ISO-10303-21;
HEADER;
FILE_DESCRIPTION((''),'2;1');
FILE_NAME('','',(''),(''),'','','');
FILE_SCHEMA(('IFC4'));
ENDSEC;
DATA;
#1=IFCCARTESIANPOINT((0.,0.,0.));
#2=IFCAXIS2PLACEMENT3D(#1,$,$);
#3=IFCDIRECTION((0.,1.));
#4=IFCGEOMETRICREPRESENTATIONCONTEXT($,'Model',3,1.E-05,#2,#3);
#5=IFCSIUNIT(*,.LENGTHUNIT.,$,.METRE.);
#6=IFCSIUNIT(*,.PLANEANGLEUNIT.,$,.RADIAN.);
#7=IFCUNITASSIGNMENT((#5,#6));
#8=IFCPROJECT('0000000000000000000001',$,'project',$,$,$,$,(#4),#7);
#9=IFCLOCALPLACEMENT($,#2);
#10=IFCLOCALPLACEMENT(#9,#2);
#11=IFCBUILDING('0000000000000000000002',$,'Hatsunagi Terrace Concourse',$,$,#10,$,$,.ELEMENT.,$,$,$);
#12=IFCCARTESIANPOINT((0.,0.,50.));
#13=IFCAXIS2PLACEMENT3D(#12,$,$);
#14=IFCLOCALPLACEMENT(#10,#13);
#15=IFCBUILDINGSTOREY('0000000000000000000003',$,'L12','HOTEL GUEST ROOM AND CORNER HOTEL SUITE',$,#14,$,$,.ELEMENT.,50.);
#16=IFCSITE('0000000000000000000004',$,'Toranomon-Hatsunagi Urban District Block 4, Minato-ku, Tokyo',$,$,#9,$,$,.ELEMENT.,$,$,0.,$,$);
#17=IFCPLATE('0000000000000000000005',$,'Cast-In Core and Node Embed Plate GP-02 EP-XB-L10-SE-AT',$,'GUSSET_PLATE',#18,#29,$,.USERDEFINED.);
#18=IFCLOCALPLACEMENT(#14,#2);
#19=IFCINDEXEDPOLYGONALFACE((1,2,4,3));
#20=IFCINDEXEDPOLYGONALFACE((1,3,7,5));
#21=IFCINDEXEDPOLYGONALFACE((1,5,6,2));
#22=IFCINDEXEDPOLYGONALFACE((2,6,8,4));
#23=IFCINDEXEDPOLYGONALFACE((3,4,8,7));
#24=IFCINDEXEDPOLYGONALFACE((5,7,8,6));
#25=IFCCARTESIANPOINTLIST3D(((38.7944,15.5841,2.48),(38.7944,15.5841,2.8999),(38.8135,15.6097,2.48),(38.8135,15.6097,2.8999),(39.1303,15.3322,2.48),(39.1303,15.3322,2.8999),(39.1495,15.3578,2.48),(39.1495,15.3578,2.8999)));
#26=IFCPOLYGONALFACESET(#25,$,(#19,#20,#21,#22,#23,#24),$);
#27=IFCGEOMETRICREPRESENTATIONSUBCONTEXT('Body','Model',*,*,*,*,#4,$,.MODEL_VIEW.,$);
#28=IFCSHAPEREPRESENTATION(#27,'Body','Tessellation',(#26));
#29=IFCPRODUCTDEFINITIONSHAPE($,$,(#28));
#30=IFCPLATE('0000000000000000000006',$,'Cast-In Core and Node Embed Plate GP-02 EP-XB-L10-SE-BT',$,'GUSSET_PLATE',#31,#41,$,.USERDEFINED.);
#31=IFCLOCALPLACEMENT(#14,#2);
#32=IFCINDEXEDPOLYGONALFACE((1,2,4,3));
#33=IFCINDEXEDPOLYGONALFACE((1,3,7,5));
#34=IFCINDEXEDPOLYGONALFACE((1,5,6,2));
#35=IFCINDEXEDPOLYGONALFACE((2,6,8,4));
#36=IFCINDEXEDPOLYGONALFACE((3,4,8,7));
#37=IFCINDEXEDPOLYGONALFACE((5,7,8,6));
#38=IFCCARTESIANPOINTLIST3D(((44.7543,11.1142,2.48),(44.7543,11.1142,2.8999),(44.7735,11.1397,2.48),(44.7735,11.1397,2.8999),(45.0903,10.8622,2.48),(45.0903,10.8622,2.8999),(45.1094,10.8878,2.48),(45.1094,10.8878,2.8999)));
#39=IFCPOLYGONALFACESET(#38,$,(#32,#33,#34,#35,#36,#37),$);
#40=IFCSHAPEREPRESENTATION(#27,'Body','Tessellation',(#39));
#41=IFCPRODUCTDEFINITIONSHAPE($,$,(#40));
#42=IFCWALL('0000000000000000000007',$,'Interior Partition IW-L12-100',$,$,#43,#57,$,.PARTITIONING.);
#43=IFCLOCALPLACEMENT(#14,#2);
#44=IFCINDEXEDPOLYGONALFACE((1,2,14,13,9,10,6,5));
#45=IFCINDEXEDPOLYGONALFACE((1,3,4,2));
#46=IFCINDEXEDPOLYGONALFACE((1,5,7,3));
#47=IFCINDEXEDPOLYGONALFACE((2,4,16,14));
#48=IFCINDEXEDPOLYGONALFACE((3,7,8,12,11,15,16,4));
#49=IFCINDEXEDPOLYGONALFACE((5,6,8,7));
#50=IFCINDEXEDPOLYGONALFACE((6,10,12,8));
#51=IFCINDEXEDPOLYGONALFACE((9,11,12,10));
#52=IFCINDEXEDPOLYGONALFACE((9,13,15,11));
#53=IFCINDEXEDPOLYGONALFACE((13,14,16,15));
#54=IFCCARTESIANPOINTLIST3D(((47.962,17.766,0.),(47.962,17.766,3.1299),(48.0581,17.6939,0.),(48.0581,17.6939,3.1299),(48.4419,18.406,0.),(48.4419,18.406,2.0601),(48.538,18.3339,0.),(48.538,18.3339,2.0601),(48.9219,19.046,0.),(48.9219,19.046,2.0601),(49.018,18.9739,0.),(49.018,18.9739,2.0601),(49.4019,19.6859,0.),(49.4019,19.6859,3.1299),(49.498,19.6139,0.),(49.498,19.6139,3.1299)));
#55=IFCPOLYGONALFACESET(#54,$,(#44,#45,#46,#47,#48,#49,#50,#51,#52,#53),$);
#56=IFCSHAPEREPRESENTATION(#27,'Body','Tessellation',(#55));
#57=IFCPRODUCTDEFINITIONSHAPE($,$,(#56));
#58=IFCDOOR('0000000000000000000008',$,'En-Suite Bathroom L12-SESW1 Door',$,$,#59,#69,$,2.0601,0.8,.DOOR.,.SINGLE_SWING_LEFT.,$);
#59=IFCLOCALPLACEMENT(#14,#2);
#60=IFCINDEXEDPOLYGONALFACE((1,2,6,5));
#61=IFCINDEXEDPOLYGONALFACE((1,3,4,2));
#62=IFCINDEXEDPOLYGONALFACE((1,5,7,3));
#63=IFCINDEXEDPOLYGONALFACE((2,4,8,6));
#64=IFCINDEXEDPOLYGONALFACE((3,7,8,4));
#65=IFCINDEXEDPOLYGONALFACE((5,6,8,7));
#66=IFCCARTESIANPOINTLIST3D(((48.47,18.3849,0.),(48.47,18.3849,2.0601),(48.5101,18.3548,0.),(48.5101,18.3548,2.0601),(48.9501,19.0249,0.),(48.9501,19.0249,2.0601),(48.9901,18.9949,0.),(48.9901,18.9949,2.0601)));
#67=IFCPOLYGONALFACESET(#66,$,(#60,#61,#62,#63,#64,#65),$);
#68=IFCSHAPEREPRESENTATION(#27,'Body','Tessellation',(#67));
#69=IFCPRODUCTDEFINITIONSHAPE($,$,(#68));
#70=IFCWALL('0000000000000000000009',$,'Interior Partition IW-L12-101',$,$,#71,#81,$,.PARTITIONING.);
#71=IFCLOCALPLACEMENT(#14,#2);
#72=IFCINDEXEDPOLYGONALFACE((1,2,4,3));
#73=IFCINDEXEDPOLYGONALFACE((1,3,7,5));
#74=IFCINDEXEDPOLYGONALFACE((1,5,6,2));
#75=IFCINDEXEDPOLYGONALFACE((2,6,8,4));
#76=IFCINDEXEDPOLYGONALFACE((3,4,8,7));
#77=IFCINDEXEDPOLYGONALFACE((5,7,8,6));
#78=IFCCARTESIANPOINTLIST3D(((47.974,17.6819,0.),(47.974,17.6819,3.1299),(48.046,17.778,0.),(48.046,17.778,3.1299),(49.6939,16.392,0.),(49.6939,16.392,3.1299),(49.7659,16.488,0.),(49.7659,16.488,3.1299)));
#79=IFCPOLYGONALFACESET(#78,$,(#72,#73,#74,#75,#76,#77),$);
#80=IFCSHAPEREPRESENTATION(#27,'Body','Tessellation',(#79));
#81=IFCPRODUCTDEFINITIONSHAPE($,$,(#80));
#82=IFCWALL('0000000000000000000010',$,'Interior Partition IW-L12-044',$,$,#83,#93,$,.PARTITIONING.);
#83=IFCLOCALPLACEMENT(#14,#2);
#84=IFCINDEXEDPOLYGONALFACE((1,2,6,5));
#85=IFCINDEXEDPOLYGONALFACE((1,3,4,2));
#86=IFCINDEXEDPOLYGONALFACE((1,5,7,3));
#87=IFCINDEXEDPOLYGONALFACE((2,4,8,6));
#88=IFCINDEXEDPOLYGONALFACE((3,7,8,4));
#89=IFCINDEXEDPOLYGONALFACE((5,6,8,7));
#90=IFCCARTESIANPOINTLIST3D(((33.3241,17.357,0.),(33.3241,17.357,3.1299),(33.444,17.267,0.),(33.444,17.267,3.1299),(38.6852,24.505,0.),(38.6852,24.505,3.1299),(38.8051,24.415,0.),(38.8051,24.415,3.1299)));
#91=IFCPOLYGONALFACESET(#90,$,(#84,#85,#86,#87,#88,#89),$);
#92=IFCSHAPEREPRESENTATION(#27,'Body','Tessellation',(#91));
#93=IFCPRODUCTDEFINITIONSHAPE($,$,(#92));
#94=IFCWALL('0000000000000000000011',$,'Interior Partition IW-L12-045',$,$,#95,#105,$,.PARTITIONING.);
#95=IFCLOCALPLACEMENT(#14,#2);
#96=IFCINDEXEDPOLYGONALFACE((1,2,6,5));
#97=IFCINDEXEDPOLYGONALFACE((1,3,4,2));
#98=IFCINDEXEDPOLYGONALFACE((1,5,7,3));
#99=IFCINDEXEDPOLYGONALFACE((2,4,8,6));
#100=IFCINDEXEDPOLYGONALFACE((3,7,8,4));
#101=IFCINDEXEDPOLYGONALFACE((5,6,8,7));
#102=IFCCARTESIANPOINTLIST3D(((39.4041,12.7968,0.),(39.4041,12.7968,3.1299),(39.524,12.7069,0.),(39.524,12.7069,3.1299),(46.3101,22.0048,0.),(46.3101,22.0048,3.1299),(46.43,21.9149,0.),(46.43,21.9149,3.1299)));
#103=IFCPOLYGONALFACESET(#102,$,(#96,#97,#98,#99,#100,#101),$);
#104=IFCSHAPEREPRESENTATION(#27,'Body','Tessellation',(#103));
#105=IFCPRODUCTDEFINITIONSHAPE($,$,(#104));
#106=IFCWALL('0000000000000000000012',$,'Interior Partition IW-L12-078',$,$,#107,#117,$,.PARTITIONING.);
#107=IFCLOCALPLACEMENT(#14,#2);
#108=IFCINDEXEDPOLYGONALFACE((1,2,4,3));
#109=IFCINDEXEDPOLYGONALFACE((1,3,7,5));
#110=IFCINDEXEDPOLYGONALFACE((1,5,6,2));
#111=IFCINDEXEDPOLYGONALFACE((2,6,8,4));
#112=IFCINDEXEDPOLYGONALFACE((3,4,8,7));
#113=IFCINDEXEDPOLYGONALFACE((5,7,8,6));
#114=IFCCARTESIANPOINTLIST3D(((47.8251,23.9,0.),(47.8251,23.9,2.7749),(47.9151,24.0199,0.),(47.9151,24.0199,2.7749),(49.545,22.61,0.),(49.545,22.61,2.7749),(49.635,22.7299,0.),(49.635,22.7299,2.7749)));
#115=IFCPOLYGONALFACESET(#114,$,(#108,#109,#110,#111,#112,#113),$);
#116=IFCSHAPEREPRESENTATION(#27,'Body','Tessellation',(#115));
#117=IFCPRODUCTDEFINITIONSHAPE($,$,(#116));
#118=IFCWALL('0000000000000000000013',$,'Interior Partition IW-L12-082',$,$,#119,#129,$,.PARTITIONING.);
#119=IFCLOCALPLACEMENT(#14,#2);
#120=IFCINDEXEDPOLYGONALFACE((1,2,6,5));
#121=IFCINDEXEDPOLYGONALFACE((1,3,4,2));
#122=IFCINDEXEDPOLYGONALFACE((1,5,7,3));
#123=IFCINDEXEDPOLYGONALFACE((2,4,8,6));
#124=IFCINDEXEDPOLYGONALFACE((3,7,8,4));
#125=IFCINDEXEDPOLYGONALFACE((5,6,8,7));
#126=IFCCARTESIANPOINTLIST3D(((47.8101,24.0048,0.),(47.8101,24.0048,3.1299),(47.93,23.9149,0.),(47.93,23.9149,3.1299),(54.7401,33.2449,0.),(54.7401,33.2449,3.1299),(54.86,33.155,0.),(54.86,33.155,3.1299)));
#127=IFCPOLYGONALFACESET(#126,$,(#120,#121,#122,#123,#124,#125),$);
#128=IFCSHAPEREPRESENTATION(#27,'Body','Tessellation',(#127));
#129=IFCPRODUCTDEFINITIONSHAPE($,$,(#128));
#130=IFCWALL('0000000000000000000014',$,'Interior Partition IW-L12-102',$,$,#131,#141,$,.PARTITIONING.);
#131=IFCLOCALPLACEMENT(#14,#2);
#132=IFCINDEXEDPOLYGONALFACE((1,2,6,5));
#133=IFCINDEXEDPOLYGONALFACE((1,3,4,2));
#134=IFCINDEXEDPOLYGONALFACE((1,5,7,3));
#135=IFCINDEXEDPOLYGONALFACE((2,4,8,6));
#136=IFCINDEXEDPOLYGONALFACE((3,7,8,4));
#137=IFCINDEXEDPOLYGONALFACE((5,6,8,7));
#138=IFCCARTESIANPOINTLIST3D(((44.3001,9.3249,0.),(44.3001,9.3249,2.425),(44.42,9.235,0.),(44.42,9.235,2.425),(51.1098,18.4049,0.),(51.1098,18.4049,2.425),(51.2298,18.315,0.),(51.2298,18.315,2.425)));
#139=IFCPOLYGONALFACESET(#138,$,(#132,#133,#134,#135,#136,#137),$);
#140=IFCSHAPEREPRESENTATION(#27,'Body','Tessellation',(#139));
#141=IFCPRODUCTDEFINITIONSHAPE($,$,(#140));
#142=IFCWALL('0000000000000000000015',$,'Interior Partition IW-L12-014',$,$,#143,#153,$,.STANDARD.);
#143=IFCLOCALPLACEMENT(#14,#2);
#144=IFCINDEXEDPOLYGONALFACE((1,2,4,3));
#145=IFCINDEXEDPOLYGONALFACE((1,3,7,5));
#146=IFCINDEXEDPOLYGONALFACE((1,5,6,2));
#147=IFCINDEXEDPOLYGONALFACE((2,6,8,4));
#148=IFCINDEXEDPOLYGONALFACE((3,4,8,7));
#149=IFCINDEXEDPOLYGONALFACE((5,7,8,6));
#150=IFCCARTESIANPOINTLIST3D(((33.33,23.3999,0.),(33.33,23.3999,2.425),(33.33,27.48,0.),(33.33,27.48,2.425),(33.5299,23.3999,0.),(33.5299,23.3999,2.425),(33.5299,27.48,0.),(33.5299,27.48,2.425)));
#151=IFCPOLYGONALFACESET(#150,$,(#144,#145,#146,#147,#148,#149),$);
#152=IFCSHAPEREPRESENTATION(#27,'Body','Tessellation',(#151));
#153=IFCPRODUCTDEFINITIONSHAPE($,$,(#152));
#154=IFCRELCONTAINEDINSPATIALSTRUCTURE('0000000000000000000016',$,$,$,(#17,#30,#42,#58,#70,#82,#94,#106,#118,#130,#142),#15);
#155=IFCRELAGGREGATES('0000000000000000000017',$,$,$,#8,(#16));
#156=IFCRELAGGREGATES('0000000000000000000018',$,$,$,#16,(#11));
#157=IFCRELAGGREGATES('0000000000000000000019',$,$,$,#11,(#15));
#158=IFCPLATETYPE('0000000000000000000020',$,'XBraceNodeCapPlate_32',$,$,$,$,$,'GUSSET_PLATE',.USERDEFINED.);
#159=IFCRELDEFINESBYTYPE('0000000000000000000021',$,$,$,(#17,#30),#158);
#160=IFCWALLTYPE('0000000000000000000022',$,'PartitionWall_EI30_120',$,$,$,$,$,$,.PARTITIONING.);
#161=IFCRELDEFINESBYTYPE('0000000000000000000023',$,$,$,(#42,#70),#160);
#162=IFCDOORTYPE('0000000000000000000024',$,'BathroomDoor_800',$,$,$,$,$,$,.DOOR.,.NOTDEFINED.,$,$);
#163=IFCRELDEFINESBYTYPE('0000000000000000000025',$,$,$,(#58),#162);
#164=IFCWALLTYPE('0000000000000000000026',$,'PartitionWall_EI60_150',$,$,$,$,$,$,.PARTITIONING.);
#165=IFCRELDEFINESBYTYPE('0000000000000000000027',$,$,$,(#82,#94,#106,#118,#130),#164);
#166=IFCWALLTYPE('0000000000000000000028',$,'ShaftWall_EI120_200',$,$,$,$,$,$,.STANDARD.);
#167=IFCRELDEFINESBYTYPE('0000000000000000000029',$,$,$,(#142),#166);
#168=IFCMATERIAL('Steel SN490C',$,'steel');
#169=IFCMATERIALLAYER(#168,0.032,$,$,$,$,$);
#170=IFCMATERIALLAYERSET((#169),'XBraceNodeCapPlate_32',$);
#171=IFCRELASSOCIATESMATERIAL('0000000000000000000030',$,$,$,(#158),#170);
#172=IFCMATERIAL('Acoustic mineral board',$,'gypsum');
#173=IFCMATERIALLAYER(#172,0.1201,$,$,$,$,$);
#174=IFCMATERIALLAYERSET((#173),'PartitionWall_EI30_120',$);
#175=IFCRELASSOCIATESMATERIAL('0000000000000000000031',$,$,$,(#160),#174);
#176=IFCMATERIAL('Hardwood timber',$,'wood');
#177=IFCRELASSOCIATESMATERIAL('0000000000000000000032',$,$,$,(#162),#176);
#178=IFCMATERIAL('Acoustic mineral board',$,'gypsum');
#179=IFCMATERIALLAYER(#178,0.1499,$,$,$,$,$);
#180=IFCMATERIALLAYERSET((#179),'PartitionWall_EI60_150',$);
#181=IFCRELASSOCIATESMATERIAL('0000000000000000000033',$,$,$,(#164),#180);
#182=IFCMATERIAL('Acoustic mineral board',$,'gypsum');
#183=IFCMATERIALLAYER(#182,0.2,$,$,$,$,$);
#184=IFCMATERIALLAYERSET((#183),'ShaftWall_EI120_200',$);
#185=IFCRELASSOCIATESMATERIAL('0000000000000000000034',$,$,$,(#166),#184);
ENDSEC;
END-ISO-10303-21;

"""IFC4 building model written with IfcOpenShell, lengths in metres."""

from ifc_helpers import new_model, si_unit, direction, frame, frame_2d, origin, origin_2d, place, context, subcontext, project, spatial, rectangle, extrude, material, layer, layer_set, type_object, element, fill, save


model = new_model("IFC4")

# Units and contexts
model_context = context("Model", 3, precision=1e-05, world=origin(), true_north=direction((0.0, 1.0)))
body_context = subcontext(model_context, "Body", "Model", "MODEL_VIEW")
ifc_project = project(units=[si_unit("LENGTHUNIT", "METRE"), si_unit("PLANEANGLEUNIT", "RADIAN")], contexts=[model_context])

# Site, building, storey
site_placement = place(None, origin())
site = spatial("IfcSite", under=ifc_project, at=site_placement, Name="Toranomon-Hatsunagi Urban District Block 4, Minato-ku, Tokyo", CompositionType="ELEMENT", RefElevation=0.0)
building_placement = place(site_placement, origin())
building = spatial("IfcBuilding", under=site, at=building_placement, Name="Hatsunagi Terrace Concourse", CompositionType="ELEMENT")
storey_placement = place(building_placement, frame((0.0, 0.0, 50.0)))
storey = spatial("IfcBuildingStorey", under=building, at=storey_placement, Name="L12", Description="HOTEL GUEST ROOM AND CORNER HOTEL SUITE", CompositionType="ELEMENT", Elevation=50.0)

# Plates
ifc_material_1 = material(Name="Steel SN490C", Category="steel")
ifc_layer_1 = layer(ifc_material_1, 0.032)
ifc_layer_set_1 = layer_set([ifc_layer_1], Name="XBraceNodeCapPlate_32")
plate_type = type_object("IfcPlateType", Name="XBraceNodeCapPlate_32", ElementType="GUSSET_PLATE", PredefinedType="USERDEFINED", material=ifc_layer_set_1)
for number, where, z_axis, x_axis, name in (
    (1, (38.9719, 15.4709, 2.48), (0.0, 0.0, 1.0), (0.8, -0.6, 0.0), "Cast-In Core and Node Embed Plate GP-02 EP-XB-L10-SE-AT"),
    (2, (44.9319, 11.001, 2.48), (0.0, 0.0, 1.0), (0.8, -0.6, 0.0), "Cast-In Core and Node Embed Plate GP-02 EP-XB-L10-SE-BT"),
):
    element("IfcPlate", number, at=place(storey_placement, frame(where, z_axis=z_axis, x_axis=x_axis)), inside=storey, type_object=plate_type, Name=name, ObjectType="GUSSET_PLATE", PredefinedType="USERDEFINED", context=body_context, shape_type="SweptSolid", body=[
        extrude(rectangle(XDim=0.4199, YDim=0.032, at=origin_2d()), origin(), (0.0, 0.0, 1.0), 0.4199),
    ])

# Wall, opening, door
ifc_material_2 = material(Name="Acoustic mineral board", Category="gypsum")
ifc_layer_2 = layer(ifc_material_2, 0.1201)
ifc_layer_set_2 = layer_set([ifc_layer_2], Name="PartitionWall_EI30_120")
wall_type_1 = type_object("IfcWallType", Name="PartitionWall_EI30_120", PredefinedType="PARTITIONING", material=ifc_layer_set_2)
wall_1_placement = place(storey_placement, frame((48.01, 17.73, 0.0), z_axis=(0.0, 0.0, 1.0), x_axis=(0.6, 0.8, 0.0)))
wall_1 = element("IfcWall", 3, at=wall_1_placement, inside=storey, type_object=wall_type_1, Name="Interior Partition IW-L12-100", PredefinedType="PARTITIONING", context=body_context, shape_type="SweptSolid", body=[
    extrude(rectangle(XDim=2.3999, YDim=0.1201, at=frame_2d((1.2, 0.0))), origin(), (0.0, 0.0, 1.0), 3.1299),
])
opening_1_placement = place(wall_1_placement, frame((0.8, 0.0, 0.0)))
opening_1 = element("IfcOpeningElement", 4, at=opening_1_placement, cuts=wall_1, PredefinedType="OPENING", context=body_context, shape_type="SweptSolid", body=[
    extrude(rectangle(XDim=0.8, YDim=2.0601, at=frame_2d((0.3999, 1.03))), frame((0.0, 0.0701, 0.0), z_axis=(0.0, -1.0, 0.0), x_axis=(1.0, 0.0, 0.0)), (0.0, 0.0, 1.0), 0.1401),
])
ifc_material_3 = material(Name="Hardwood timber", Category="wood")
door_type_1 = type_object("IfcDoorType", Name="BathroomDoor_800", OperationType="NOTDEFINED", PredefinedType="DOOR", material=ifc_material_3)
door_1_placement = place(opening_1_placement, origin())
door_1 = element("IfcDoor", 5, at=door_1_placement, inside=storey, type_object=door_type_1, Name="En-Suite Bathroom L12-SESW1 Door", OperationType="SINGLE_SWING_LEFT", OverallHeight=2.0601, OverallWidth=0.8, PredefinedType="DOOR", context=body_context, shape_type="SweptSolid", body=[
    extrude(rectangle(XDim=0.8, YDim=2.0601, at=frame_2d((0.3999, 1.03))), frame((0.0, 0.0249, 0.0), z_axis=(0.0, -1.0, 0.0), x_axis=(1.0, 0.0, 0.0)), (0.0, 0.0, 1.0), 0.05),
])
fill(opening_1, door_1)

# Walls
wall_2_placement = place(storey_placement, frame((48.01, 17.73, 0.0), z_axis=(0.0, 0.0, 1.0), x_axis=(0.799986, -0.600018, 0.0)))
element("IfcWall", 6, at=wall_2_placement, inside=storey, type_object=wall_type_1, Name="Interior Partition IW-L12-101", PredefinedType="PARTITIONING", context=body_context, shape_type="SweptSolid", body=[
    extrude(rectangle(XDim=2.1499, YDim=0.1201, at=frame_2d((1.075, 0.0))), origin(), (0.0, 0.0, 1.0), 3.1299),
])
ifc_material_4 = material(Name="Acoustic mineral board", Category="gypsum")
ifc_layer_3 = layer(ifc_material_4, 0.1499)
ifc_layer_set_3 = layer_set([ifc_layer_3], Name="PartitionWall_EI60_150")
wall_type_2 = type_object("IfcWallType", Name="PartitionWall_EI60_150", PredefinedType="PARTITIONING", material=ifc_layer_set_3)
wall_3_placement = place(storey_placement, frame((33.384, 17.312, 0.0), z_axis=(0.0, 0.0, 1.0), x_axis=(0.600009, 0.799993, 0.0)))
element("IfcWall", 7, at=wall_3_placement, inside=storey, type_object=wall_type_2, Name="Interior Partition IW-L12-044", PredefinedType="PARTITIONING", context=body_context, shape_type="SweptSolid", body=[
    extrude(rectangle(XDim=8.9351, YDim=0.1499, at=frame_2d((4.4675, 0.0))), origin(), (0.0, 0.0, 1.0), 3.1299),
])
wall_4_placement = place(storey_placement, frame((39.4641, 12.752, 0.0), z_axis=(0.0, 0.0, 1.0), x_axis=(0.6, 0.8, 0.0)))
element("IfcWall", 8, at=wall_4_placement, inside=storey, type_object=wall_type_2, Name="Interior Partition IW-L12-045", PredefinedType="PARTITIONING", context=body_context, shape_type="SweptSolid", body=[
    extrude(rectangle(XDim=11.51, YDim=0.1499, at=frame_2d((5.7549, 0.0))), origin(), (0.0, 0.0, 1.0), 3.1299),
])
wall_5_placement = place(storey_placement, frame((47.8701, 23.96, 0.0), z_axis=(0.0, 0.0, 1.0), x_axis=(0.799986, -0.600018, 0.0)))
element("IfcWall", 9, at=wall_5_placement, inside=storey, type_object=wall_type_2, Name="Interior Partition IW-L12-078", PredefinedType="PARTITIONING", context=body_context, shape_type="SweptSolid", body=[
    extrude(rectangle(XDim=2.1499, YDim=0.1499, at=frame_2d((1.075, 0.0))), origin(), (0.0, 0.0, 1.0), 2.7749),
])
wall_6_placement = place(storey_placement, frame((47.8701, 23.96, 0.0), z_axis=(0.0, 0.0, 1.0), x_axis=(0.599997, 0.800003, 0.0)))
element("IfcWall", 10, at=wall_6_placement, inside=storey, type_object=wall_type_2, Name="Interior Partition IW-L12-082", PredefinedType="PARTITIONING", context=body_context, shape_type="SweptSolid", body=[
    extrude(rectangle(XDim=11.55, YDim=0.1499, at=frame_2d((5.7749, 0.0))), origin(), (0.0, 0.0, 1.0), 3.1299),
])

# Walls
wall_7_placement = place(storey_placement, frame((44.3601, 9.28, 0.0), z_axis=(0.0, 0.0, 1.0), x_axis=(0.599986, 0.80001, 0.0)))
element("IfcWall", 11, at=wall_7_placement, inside=storey, type_object=wall_type_2, Name="Interior Partition IW-L12-102", PredefinedType="PARTITIONING", context=body_context, shape_type="SweptSolid", body=[
    extrude(rectangle(XDim=11.3499, YDim=0.1499, at=frame_2d((5.6748, 0.0))), origin(), (0.0, 0.0, 1.0), 2.425),
])
ifc_material_5 = material(Name="Acoustic mineral board", Category="gypsum")
ifc_layer_4 = layer(ifc_material_5, 0.2)
ifc_layer_set_4 = layer_set([ifc_layer_4], Name="ShaftWall_EI120_200")
wall_type_3 = type_object("IfcWallType", Name="ShaftWall_EI120_200", PredefinedType="STANDARD", material=ifc_layer_set_4)
wall_8_placement = place(storey_placement, frame((33.4299, 23.3999, 0.0), z_axis=(0.0, 0.0, 1.0), x_axis=(0.0, 1.0, 0.0)))
element("IfcWall", 12, at=wall_8_placement, inside=storey, type_object=wall_type_3, Name="Interior Partition IW-L12-014", PredefinedType="STANDARD", context=body_context, shape_type="SweptSolid", body=[
    extrude(rectangle(XDim=4.0801, YDim=0.2, at=frame_2d((2.04, 0.0))), origin(), (0.0, 0.0, 1.0), 2.425),
])

save(model, "model.ifc")
